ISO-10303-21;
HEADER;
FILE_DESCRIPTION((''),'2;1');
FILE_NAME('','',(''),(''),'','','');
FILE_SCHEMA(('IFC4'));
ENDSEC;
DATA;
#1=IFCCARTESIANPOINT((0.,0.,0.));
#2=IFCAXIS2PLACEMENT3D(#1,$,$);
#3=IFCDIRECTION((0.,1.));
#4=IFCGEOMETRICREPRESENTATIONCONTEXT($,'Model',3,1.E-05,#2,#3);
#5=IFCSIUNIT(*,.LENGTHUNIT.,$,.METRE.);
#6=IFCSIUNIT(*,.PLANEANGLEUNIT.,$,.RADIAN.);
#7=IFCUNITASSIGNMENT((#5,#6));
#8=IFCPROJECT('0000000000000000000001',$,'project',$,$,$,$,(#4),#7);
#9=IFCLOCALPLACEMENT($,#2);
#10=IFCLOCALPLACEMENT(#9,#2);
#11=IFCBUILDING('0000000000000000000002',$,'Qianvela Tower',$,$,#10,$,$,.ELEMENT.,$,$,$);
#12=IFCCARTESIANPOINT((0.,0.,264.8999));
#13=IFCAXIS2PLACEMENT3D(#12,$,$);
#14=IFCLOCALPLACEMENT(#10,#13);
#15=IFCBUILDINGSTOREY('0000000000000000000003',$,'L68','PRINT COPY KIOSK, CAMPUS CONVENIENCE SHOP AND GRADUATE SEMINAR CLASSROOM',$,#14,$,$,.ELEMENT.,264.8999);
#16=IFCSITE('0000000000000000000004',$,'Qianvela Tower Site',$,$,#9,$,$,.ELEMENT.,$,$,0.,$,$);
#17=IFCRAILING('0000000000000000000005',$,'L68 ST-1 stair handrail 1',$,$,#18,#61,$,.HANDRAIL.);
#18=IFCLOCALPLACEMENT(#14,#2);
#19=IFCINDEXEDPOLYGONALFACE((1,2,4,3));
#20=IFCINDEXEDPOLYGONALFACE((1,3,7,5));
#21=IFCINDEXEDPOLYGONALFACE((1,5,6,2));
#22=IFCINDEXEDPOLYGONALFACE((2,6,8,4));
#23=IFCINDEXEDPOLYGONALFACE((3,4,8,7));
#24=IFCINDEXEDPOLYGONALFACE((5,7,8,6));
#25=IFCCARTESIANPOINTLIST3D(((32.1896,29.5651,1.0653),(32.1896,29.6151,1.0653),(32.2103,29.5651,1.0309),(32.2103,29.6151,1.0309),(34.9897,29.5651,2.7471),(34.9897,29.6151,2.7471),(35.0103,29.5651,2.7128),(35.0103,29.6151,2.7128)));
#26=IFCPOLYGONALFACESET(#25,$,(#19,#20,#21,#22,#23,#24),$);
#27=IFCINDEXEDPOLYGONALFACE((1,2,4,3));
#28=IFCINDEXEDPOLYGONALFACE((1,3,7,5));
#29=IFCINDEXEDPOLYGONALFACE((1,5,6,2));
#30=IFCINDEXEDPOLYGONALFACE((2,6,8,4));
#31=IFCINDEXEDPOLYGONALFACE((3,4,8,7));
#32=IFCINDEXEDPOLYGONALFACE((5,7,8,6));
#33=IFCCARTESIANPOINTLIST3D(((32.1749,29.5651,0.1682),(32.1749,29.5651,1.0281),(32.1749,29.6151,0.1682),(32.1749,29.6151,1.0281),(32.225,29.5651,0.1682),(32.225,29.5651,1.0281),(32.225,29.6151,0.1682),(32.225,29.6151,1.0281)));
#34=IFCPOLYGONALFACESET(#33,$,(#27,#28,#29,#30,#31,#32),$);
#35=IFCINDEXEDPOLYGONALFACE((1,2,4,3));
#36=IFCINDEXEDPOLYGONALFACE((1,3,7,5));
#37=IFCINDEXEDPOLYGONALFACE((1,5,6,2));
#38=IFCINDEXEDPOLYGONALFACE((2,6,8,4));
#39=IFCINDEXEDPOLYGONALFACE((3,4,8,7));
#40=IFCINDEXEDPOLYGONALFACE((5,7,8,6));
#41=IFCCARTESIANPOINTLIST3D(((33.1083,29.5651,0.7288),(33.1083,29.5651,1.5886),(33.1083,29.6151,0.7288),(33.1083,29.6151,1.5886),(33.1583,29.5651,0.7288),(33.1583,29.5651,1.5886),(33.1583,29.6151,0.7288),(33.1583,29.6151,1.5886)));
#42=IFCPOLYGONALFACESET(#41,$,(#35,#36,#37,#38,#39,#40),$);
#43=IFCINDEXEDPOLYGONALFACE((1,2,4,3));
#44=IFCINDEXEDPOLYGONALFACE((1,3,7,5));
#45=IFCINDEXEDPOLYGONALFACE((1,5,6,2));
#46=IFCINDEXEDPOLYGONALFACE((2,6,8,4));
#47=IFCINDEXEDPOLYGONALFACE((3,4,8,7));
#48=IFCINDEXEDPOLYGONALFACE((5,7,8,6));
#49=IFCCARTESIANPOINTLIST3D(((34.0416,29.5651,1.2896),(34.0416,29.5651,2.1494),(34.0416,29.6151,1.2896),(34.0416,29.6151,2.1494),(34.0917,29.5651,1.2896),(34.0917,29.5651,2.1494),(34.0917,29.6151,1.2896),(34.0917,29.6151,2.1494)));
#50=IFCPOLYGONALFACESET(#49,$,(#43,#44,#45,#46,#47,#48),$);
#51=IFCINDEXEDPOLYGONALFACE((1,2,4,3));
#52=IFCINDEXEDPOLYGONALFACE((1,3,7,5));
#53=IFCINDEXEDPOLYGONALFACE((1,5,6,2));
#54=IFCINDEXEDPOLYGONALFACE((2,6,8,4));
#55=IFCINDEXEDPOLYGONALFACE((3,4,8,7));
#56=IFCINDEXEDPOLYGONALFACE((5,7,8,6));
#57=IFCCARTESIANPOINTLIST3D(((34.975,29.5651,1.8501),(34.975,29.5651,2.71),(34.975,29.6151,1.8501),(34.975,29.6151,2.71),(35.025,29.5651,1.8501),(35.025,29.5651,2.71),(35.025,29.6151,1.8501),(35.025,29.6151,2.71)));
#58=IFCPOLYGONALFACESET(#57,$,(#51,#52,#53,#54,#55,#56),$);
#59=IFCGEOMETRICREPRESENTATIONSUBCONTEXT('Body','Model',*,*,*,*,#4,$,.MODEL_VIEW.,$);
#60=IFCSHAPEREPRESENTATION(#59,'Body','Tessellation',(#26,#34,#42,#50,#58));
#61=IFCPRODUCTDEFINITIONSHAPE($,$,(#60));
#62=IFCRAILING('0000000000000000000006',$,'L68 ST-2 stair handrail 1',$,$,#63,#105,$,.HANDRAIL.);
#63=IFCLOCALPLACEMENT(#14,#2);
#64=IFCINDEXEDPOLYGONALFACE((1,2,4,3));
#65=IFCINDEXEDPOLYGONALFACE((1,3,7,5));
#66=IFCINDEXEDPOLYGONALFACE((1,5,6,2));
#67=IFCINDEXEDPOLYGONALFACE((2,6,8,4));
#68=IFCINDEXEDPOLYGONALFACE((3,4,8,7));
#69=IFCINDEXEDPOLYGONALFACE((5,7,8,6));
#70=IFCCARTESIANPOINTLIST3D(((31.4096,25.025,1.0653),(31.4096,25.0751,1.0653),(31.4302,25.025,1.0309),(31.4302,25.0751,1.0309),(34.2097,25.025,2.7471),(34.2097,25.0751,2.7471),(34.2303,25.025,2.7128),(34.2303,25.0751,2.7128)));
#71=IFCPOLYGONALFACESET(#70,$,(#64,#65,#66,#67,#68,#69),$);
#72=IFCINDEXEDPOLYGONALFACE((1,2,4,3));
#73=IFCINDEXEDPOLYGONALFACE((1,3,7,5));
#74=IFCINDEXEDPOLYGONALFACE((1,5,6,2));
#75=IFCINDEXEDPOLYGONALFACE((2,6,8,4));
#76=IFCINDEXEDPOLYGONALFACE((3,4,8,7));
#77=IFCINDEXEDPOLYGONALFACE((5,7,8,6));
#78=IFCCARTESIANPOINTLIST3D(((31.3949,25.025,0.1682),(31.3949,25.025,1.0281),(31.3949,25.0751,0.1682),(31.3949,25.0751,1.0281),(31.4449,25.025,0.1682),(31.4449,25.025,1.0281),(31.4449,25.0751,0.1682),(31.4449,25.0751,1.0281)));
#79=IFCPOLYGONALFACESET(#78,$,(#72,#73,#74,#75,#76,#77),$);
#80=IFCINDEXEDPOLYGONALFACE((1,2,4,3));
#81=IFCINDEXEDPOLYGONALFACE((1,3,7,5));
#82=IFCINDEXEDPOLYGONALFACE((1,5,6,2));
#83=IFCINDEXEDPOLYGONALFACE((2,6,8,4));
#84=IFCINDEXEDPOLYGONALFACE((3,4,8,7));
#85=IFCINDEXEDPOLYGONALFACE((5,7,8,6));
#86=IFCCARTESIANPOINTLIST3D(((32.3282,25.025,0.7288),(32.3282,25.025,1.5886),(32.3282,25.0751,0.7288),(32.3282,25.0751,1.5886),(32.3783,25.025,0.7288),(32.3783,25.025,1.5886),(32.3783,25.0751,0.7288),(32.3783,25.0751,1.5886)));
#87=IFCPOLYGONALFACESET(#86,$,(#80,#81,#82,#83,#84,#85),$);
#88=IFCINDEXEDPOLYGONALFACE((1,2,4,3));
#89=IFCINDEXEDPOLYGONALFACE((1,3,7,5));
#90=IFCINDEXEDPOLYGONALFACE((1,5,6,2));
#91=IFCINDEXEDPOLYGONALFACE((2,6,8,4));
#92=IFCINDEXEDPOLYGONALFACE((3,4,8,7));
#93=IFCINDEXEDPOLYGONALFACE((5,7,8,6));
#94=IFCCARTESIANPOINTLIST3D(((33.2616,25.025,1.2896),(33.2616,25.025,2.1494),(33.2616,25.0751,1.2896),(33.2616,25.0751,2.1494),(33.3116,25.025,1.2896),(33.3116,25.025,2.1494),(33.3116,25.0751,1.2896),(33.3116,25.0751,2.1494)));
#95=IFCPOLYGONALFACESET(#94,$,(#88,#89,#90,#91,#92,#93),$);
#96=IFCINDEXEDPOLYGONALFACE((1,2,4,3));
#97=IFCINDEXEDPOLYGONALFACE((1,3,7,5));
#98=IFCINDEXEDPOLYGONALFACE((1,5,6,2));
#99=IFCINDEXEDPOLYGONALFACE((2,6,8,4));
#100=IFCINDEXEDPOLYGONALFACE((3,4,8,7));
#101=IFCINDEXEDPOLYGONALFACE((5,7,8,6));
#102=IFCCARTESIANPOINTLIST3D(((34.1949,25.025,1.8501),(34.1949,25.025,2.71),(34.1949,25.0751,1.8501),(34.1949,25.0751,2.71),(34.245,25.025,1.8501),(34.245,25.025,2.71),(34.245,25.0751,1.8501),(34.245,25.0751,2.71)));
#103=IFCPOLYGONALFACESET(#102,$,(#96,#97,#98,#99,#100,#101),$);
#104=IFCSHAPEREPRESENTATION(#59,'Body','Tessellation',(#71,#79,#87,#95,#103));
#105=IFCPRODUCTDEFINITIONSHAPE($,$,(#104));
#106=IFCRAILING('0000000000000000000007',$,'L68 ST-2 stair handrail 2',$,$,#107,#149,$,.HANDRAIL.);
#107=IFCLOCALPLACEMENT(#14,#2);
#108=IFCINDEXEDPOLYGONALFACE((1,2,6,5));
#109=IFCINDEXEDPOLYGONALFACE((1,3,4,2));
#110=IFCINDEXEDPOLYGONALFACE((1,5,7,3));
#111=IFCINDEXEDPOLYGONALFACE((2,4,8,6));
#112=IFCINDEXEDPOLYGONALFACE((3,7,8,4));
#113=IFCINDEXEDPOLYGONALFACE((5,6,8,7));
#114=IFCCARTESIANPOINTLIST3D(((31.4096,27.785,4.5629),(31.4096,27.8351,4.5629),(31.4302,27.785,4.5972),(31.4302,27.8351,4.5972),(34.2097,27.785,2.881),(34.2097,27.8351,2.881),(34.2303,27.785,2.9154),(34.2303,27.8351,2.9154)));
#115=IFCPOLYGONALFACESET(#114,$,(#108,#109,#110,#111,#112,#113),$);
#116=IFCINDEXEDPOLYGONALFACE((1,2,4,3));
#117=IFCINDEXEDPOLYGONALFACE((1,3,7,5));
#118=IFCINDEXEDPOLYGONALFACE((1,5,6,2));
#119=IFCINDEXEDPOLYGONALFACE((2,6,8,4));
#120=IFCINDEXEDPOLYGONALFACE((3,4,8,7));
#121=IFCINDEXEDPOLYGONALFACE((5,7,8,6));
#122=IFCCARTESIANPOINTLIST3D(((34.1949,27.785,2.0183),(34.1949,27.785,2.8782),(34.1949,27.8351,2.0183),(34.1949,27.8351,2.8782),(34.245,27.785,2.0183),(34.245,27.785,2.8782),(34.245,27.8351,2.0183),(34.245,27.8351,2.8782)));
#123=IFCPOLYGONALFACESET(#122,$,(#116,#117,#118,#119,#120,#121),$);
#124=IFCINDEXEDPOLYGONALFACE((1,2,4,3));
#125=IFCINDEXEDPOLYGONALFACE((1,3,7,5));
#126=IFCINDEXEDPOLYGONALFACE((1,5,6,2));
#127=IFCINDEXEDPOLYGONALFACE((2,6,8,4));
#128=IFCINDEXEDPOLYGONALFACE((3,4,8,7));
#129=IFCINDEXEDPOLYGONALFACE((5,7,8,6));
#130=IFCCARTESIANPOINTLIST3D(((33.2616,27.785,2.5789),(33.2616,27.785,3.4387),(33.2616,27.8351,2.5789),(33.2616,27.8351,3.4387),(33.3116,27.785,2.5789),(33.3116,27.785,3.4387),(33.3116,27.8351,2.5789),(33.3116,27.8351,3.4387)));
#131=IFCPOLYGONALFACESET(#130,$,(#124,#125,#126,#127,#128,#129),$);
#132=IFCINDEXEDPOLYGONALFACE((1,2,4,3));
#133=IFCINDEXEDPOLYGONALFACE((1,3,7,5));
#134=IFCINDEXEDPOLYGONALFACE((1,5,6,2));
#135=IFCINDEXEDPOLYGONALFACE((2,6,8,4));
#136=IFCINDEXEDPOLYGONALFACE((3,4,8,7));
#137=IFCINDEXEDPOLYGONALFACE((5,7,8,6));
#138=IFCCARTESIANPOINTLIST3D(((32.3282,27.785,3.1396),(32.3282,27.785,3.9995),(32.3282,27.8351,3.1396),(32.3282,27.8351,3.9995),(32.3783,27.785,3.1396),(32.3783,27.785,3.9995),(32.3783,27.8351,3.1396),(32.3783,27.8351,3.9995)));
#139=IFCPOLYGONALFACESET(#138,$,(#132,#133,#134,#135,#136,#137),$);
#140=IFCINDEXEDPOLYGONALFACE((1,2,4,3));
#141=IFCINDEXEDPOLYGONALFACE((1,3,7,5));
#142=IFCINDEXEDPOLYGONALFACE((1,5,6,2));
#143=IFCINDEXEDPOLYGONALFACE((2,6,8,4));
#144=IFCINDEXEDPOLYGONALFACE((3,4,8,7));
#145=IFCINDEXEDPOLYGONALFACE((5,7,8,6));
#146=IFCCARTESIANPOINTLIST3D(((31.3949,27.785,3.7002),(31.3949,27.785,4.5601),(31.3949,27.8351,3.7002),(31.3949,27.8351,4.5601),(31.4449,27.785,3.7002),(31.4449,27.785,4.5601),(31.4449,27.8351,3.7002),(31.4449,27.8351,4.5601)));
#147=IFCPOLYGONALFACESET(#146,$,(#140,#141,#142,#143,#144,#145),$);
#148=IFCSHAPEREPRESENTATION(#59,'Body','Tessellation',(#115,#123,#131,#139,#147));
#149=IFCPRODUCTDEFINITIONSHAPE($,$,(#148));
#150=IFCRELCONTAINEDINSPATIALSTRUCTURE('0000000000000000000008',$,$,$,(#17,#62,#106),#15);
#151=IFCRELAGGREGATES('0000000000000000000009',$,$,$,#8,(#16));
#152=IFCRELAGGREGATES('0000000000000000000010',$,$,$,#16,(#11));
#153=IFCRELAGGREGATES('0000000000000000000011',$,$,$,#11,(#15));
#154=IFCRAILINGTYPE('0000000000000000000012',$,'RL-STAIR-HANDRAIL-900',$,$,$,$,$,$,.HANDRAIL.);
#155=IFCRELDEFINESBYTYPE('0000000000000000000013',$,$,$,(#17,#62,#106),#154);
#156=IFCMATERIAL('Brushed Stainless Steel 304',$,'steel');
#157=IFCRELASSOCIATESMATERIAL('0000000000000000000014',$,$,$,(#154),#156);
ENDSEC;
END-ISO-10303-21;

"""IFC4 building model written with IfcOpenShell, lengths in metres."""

from ifc_helpers import new_model, si_unit, direction, frame, origin, origin_2d, place, context, subcontext, project, spatial, rectangle, extrude, material, type_object, element, save


model = new_model("IFC4")

# Units and contexts
model_context = context("Model", 3, precision=1e-05, world=origin(), true_north=direction((0.0, 1.0)))
body_context = subcontext(model_context, "Body", "Model", "MODEL_VIEW")
ifc_project = project(units=[si_unit("LENGTHUNIT", "METRE"), si_unit("PLANEANGLEUNIT", "RADIAN")], contexts=[model_context])

# Site, building, storey
site_placement = place(None, origin())
site = spatial("IfcSite", under=ifc_project, at=site_placement, Name="Qianvela Tower Site", CompositionType="ELEMENT", RefElevation=0.0)
building_placement = place(site_placement, origin())
building = spatial("IfcBuilding", under=site, at=building_placement, Name="Qianvela Tower", CompositionType="ELEMENT")
storey_placement = place(building_placement, frame((0.0, 0.0, 264.8999)))
storey = spatial("IfcBuildingStorey", under=building, at=storey_placement, Name="L68", Description="PRINT COPY KIOSK, CAMPUS CONVENIENCE SHOP AND GRADUATE SEMINAR CLASSROOM", CompositionType="ELEMENT", Elevation=264.8999)

# Railings
ifc_material_1 = material(Name="Brushed Stainless Steel 304", Category="steel")
railing_type_1 = type_object("IfcRailingType", Name="RL-STAIR-HANDRAIL-900", PredefinedType="HANDRAIL", material=ifc_material_1)
for number, where, name in (
    (1, (32.2, 29.5901, 0.1682), "L68 ST-1 stair handrail 1"),
    (2, (31.4199, 25.05, 0.1682), "L68 ST-2 stair handrail 1"),
):
    element("IfcRailing", number, at=place(storey_placement, frame(where)), inside=storey, type_object=railing_type_1, Name=name, PredefinedType="HANDRAIL", context=body_context, shape_type="SweptSolid", body=[
        extrude(rectangle(XDim=0.05, YDim=0.04, at=origin_2d()), frame((0.0, 0.0, 0.8799), z_axis=(0.857242, 0.0, 0.514913), x_axis=(0.0, 1.0, 0.0)), (0.0, 0.0, 1.0), 3.2664),
        extrude(rectangle(XDim=0.05, YDim=0.05, at=origin_2d()), origin(), (0.0, 0.0, 1.0), 0.8599),
        extrude(rectangle(XDim=0.05, YDim=0.05, at=origin_2d()), frame((0.9333, 0.0, 0.5605)), (0.0, 0.0, 1.0), 0.8599),
        extrude(rectangle(XDim=0.05, YDim=0.05, at=origin_2d()), frame((1.8667, 0.0, 1.1213)), (0.0, 0.0, 1.0), 0.8599),
        extrude(rectangle(XDim=0.05, YDim=0.05, at=origin_2d()), frame((2.8, 0.0, 1.6819)), (0.0, 0.0, 1.0), 0.8599),
    ])
railing_1_placement = place(storey_placement, frame((34.22, 27.8101, 2.0183)))
element("IfcRailing", 3, at=railing_1_placement, inside=storey, type_object=railing_type_1, Name="L68 ST-2 stair handrail 2", PredefinedType="HANDRAIL", context=body_context, shape_type="SweptSolid", body=[
    extrude(rectangle(XDim=0.05, YDim=0.04, at=origin_2d()), frame((0.0, 0.0, 0.8799), z_axis=(-0.857242, 0.0, 0.514913), x_axis=(0.0, -1.0, 0.0)), (0.0, 0.0, 1.0), 3.2664),
    extrude(rectangle(XDim=0.05, YDim=0.05, at=origin_2d()), origin(), (0.0, 0.0, 1.0), 0.8599),
    extrude(rectangle(XDim=0.05, YDim=0.05, at=origin_2d()), frame((-0.9333, 0.0, 0.5605)), (0.0, 0.0, 1.0), 0.8599),
    extrude(rectangle(XDim=0.05, YDim=0.05, at=origin_2d()), frame((-1.8667, 0.0, 1.1213)), (0.0, 0.0, 1.0), 0.8599),
    extrude(rectangle(XDim=0.05, YDim=0.05, at=origin_2d()), frame((-2.8, 0.0, 1.6819)), (0.0, 0.0, 1.0), 0.8599),
])

save(model, "model.ifc")
